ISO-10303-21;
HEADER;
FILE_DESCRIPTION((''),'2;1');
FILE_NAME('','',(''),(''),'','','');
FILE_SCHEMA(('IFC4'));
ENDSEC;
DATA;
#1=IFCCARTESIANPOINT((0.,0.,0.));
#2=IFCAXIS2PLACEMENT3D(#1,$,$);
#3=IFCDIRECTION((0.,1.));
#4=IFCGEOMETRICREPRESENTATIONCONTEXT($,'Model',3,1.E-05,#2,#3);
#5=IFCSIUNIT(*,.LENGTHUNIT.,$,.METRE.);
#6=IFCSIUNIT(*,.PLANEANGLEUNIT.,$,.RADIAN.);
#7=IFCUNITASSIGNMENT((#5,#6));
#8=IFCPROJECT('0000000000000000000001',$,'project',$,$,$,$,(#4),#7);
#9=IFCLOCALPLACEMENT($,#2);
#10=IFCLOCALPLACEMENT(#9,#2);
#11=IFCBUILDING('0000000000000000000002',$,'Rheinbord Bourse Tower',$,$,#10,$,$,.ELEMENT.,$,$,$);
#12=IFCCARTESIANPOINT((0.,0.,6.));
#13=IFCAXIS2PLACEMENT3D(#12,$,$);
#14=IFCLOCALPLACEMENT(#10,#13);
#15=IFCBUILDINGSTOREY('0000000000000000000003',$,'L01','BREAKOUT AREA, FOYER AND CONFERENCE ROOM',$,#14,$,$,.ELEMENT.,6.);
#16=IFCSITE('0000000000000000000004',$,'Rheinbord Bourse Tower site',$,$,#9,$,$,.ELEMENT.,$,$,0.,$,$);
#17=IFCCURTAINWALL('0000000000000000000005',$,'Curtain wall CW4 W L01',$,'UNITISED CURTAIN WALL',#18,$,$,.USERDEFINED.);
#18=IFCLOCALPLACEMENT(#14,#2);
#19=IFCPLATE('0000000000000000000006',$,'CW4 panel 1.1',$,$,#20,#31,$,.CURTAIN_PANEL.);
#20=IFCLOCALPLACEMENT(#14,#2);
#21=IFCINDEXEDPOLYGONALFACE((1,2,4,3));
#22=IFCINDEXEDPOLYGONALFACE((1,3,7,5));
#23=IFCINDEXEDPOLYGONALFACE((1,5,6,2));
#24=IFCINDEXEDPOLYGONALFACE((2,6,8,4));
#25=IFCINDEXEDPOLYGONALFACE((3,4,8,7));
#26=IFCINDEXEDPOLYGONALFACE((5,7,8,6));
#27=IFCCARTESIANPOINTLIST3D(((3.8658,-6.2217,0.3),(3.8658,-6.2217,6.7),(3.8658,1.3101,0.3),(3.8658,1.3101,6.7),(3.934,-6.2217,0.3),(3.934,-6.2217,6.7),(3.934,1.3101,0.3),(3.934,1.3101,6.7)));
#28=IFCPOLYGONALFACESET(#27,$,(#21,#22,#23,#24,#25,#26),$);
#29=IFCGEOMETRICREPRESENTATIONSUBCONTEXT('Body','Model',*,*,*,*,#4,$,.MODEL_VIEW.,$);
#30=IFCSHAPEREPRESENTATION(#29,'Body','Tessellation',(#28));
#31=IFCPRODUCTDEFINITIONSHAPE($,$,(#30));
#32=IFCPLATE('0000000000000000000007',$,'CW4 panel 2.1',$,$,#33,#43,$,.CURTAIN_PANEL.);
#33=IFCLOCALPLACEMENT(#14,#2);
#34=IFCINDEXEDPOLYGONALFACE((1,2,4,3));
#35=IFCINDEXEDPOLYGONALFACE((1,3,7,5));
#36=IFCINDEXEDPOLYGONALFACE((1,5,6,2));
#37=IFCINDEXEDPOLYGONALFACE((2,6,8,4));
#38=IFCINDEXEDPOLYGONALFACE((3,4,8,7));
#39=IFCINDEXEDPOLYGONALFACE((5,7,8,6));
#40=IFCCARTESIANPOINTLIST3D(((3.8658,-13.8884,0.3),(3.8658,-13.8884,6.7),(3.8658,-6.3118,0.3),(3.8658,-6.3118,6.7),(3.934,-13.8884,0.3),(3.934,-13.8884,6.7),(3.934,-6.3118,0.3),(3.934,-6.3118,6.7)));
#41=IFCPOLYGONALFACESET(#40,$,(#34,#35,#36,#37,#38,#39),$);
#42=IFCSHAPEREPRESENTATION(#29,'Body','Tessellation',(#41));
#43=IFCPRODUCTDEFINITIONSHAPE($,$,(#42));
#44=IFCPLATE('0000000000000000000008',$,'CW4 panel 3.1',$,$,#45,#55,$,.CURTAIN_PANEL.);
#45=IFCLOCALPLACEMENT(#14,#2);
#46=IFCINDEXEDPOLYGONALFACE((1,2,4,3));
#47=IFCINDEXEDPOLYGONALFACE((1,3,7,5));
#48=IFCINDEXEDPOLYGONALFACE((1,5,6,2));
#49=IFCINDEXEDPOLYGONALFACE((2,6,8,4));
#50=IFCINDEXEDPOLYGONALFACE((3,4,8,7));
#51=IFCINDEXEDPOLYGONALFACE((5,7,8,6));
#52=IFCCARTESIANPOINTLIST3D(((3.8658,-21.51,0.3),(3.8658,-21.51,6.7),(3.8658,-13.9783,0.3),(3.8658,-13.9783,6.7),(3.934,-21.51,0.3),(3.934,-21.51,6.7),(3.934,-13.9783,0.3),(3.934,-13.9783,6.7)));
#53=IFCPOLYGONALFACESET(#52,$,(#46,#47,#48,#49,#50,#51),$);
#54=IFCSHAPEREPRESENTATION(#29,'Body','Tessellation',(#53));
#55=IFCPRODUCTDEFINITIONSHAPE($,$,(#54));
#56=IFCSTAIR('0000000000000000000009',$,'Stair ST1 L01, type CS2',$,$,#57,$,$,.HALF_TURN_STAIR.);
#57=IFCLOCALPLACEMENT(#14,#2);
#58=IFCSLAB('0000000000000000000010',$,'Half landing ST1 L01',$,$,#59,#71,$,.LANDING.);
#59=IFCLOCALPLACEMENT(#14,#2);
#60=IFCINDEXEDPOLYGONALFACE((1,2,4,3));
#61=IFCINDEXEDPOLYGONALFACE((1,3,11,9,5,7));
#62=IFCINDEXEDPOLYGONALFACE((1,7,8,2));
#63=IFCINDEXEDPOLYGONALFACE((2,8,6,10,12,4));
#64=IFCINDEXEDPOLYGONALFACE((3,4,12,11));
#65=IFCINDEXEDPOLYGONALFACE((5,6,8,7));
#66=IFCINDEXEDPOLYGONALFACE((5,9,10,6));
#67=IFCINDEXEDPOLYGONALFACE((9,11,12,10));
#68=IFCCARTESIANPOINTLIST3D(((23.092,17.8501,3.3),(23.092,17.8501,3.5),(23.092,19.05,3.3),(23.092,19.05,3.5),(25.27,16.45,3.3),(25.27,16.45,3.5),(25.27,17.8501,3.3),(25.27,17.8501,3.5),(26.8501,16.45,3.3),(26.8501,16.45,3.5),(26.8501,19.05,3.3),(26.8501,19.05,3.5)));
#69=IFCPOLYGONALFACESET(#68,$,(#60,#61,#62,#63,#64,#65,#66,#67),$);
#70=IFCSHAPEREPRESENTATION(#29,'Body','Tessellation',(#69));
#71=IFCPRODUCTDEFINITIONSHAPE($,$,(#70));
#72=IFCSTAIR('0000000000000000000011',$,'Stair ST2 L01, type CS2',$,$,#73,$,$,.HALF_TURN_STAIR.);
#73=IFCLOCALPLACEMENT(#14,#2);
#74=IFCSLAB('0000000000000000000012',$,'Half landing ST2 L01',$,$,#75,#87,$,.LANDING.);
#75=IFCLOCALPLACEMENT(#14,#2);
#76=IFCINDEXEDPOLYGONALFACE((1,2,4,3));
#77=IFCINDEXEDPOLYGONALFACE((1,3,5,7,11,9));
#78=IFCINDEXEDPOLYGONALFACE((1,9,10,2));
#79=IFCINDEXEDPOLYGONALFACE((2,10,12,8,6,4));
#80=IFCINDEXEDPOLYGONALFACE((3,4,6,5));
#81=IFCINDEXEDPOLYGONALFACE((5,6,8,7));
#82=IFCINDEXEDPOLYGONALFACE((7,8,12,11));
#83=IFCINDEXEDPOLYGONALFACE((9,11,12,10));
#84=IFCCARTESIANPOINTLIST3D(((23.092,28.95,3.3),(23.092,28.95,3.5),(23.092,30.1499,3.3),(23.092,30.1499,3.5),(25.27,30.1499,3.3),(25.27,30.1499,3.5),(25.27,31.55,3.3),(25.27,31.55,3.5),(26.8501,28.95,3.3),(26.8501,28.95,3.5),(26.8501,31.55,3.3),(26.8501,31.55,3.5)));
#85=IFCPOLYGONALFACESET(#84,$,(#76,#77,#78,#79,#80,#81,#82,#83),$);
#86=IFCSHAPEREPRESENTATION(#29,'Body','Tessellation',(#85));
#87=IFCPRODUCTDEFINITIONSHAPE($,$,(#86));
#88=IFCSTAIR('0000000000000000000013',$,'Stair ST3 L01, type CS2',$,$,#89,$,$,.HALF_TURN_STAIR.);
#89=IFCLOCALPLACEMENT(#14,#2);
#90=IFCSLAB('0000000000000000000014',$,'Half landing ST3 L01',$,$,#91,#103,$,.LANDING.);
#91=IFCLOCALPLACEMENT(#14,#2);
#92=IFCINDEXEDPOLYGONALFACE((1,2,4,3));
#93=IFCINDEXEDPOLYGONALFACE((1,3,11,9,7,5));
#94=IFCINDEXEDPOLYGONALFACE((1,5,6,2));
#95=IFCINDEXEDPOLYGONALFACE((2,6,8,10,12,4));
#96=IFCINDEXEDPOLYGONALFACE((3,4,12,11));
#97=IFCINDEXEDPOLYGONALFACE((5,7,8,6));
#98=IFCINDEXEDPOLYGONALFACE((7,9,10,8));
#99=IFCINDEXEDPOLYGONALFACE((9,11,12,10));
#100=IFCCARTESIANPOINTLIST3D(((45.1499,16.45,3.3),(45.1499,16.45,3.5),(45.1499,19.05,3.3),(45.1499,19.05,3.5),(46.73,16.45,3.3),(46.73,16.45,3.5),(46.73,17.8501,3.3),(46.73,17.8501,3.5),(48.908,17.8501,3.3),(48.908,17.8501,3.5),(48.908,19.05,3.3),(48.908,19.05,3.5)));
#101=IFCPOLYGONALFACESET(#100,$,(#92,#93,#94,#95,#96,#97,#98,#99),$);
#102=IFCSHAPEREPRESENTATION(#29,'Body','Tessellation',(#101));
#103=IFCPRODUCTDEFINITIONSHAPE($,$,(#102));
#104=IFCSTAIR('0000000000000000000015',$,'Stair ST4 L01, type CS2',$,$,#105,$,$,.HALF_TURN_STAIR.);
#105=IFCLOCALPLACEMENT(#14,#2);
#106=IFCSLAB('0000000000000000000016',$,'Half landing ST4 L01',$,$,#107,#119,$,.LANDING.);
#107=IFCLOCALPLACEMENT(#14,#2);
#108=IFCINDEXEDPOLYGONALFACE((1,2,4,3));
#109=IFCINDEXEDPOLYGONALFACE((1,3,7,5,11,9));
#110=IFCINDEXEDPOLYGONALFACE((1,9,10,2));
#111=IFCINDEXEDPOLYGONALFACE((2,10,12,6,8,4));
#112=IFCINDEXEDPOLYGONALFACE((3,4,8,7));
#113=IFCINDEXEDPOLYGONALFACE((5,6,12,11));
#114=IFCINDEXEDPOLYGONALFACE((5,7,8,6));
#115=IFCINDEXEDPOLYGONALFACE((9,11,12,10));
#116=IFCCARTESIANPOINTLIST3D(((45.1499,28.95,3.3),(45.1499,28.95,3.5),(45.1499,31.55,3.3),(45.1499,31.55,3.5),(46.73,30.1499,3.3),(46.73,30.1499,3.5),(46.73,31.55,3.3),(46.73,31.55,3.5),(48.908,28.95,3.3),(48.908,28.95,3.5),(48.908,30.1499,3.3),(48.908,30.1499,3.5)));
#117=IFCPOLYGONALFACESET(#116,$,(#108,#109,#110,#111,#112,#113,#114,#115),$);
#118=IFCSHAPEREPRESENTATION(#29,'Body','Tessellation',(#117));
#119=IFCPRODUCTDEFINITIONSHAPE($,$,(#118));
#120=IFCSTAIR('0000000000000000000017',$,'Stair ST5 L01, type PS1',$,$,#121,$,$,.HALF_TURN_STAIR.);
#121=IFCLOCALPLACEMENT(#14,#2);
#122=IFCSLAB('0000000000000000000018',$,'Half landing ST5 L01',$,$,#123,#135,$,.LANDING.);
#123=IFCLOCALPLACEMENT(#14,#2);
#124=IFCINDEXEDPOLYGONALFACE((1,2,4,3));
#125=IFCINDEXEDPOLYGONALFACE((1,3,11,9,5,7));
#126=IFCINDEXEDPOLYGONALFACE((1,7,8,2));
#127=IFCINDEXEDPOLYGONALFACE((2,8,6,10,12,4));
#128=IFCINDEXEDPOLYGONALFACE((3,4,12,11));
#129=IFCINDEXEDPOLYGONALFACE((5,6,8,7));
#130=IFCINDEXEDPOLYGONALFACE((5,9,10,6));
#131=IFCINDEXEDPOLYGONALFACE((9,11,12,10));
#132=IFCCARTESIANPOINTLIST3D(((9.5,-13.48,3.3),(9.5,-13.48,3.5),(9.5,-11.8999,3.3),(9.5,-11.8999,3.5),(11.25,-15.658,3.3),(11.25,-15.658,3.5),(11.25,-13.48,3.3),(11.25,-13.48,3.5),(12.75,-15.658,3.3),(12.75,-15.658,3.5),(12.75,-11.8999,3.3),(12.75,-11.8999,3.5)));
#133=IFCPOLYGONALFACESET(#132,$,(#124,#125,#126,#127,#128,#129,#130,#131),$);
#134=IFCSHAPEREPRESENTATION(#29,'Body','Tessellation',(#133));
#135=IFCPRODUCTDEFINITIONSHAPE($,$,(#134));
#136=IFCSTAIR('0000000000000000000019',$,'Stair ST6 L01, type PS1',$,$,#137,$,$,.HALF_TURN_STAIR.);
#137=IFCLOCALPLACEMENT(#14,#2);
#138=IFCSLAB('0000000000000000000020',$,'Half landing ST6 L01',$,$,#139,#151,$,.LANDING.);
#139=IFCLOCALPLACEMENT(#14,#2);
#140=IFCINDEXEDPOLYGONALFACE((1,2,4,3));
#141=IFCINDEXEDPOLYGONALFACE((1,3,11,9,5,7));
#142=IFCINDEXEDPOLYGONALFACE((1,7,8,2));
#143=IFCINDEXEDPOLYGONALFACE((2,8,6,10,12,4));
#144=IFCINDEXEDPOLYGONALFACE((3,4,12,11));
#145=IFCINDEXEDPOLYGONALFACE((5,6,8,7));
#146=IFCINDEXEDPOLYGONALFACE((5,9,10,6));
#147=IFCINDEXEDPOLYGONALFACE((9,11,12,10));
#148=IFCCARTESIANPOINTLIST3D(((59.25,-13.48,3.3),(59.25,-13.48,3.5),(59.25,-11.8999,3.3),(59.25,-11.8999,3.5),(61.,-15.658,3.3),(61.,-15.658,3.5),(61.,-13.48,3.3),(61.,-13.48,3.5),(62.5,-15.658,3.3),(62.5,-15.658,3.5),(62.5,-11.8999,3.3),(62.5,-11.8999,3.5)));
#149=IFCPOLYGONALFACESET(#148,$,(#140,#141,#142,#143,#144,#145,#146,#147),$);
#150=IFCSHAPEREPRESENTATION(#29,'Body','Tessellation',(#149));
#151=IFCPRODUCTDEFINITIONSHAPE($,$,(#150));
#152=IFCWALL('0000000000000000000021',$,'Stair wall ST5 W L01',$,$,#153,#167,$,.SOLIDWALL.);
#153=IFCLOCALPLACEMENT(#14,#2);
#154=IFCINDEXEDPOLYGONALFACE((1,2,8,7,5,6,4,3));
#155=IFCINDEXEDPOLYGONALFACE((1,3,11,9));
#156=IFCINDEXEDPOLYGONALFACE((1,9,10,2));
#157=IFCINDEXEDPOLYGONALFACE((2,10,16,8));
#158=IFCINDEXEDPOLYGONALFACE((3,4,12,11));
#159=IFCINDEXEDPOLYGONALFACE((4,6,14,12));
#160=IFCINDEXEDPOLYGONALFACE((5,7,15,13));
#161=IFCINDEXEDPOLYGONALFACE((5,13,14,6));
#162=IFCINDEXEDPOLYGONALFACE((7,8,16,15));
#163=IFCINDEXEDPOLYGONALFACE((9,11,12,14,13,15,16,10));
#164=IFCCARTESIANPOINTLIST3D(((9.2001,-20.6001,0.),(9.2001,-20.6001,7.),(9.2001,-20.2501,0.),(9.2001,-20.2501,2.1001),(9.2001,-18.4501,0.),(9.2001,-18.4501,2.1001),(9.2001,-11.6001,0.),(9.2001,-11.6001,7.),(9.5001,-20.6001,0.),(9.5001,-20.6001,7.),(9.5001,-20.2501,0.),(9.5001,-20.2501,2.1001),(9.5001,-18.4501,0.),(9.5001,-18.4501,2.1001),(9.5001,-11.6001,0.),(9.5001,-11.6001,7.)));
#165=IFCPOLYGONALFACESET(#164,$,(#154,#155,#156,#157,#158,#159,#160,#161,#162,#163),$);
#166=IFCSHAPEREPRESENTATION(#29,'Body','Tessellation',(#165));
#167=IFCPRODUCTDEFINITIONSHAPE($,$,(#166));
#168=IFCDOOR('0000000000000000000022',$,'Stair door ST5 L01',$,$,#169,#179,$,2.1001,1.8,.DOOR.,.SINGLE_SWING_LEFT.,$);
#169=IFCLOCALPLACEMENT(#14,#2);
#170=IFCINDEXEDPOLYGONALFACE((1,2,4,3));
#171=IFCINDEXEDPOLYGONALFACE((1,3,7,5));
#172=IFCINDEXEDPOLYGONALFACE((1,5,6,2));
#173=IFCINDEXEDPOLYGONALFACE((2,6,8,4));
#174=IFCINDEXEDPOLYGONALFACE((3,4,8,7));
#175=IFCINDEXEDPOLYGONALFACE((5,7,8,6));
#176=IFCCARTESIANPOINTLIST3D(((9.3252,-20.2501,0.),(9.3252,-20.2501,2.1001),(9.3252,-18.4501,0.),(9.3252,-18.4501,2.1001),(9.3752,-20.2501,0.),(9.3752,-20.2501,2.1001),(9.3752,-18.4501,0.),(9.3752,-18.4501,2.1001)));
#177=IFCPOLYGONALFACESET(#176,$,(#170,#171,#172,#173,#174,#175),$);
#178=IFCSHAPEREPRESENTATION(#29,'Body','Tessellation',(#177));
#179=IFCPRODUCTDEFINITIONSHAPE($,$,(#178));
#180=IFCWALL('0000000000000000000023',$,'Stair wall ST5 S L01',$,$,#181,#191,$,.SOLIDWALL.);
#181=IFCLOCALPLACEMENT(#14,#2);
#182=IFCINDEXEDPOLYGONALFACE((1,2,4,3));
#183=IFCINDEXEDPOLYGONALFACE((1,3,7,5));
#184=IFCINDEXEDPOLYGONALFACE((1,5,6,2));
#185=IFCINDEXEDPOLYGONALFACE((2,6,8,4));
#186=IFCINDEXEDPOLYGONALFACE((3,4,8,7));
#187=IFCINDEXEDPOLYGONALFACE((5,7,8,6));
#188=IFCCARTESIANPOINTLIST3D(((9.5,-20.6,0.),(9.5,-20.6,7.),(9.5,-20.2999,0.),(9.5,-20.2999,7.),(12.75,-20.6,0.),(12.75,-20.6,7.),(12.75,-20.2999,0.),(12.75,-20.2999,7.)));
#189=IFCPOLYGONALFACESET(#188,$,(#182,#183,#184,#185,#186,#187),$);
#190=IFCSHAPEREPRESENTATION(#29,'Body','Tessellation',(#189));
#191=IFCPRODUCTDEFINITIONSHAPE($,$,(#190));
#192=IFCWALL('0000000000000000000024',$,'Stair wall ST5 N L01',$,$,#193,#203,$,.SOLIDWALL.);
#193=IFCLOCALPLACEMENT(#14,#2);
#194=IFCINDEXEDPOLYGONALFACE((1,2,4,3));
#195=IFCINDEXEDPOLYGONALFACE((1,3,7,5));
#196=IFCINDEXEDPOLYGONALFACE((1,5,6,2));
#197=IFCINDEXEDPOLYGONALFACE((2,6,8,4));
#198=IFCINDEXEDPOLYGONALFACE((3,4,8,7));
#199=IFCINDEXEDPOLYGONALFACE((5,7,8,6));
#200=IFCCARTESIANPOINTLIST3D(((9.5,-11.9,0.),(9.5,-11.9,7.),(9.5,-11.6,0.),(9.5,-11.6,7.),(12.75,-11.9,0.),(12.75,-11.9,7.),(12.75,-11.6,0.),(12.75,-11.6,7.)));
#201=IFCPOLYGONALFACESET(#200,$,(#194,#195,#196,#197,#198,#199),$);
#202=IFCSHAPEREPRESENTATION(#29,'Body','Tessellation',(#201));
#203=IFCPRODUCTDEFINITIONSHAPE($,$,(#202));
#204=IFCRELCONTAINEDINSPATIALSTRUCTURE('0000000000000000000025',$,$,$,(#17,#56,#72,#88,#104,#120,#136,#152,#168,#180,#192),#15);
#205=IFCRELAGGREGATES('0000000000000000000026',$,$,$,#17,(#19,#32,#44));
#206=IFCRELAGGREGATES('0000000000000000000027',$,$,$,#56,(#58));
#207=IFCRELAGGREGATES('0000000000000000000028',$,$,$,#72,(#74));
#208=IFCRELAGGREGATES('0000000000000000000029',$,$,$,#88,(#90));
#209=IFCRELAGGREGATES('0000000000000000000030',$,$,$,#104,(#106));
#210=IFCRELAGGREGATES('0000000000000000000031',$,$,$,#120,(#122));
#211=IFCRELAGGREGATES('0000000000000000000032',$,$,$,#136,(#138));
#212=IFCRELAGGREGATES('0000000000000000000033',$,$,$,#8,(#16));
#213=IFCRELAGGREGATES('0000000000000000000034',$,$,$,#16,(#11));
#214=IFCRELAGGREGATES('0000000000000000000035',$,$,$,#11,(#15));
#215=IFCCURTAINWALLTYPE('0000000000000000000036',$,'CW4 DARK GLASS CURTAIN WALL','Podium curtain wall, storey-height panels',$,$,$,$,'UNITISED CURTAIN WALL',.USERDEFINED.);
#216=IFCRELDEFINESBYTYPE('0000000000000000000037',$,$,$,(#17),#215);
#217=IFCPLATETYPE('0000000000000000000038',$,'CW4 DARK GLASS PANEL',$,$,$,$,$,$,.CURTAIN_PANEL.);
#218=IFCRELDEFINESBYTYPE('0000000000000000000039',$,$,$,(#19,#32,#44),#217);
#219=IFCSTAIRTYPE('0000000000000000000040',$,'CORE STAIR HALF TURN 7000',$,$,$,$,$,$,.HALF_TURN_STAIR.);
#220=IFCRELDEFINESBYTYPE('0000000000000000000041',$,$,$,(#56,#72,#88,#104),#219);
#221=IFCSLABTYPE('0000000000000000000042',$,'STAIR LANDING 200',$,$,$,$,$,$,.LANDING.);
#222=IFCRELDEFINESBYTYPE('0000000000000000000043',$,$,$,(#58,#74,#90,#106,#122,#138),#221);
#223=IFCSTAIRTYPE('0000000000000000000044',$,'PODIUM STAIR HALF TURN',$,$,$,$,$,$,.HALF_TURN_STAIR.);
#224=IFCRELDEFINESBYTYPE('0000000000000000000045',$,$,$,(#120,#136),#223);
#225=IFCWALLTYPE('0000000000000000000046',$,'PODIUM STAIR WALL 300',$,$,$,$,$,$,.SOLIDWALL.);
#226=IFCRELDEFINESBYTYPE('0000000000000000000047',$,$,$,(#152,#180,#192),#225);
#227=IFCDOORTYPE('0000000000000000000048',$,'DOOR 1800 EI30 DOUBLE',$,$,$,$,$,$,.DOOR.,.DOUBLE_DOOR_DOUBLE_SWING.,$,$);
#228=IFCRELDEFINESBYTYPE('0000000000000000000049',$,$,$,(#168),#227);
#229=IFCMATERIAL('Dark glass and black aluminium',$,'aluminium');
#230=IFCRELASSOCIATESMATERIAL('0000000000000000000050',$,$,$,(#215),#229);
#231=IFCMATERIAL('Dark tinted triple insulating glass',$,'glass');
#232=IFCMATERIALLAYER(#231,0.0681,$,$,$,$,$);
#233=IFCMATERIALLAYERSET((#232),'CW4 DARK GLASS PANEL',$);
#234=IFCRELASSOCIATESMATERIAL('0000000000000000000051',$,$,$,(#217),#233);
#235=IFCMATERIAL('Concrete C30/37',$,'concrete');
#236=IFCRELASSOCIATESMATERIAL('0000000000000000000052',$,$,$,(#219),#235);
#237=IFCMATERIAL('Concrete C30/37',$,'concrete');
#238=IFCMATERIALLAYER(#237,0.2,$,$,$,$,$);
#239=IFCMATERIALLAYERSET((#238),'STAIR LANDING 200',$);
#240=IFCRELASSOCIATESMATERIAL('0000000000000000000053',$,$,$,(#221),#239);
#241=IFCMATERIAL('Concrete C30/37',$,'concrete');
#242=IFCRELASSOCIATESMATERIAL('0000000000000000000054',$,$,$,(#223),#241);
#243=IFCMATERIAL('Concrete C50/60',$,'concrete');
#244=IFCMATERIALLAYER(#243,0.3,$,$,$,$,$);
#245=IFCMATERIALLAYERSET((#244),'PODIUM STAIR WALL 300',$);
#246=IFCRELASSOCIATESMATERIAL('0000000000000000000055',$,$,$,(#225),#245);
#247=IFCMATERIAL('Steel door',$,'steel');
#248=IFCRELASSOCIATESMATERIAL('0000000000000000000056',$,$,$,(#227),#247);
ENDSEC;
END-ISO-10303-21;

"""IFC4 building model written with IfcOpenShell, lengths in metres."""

from ifc_helpers import new_model, si_unit, direction, frame, frame_2d, origin, origin_2d, place, context, subcontext, project, spatial, polyline, rectangle, outline, extrude, material, layer, layer_set, type_object, element, fill, aggregate, save


model = new_model("IFC4")

# Units and contexts
model_context = context("Model", 3, precision=1e-05, world=origin(), true_north=direction((0.0, 1.0)))
body_context = subcontext(model_context, "Body", "Model", "MODEL_VIEW")
ifc_project = project(units=[si_unit("LENGTHUNIT", "METRE"), si_unit("PLANEANGLEUNIT", "RADIAN")], contexts=[model_context])

# Site, building, storey
site_placement = place(None, origin())
site = spatial("IfcSite", under=ifc_project, at=site_placement, Name="Rheinbord Bourse Tower site", CompositionType="ELEMENT", RefElevation=0.0)
building_placement = place(site_placement, origin())
building = spatial("IfcBuilding", under=site, at=building_placement, Name="Rheinbord Bourse Tower", CompositionType="ELEMENT")
storey_placement = place(building_placement, frame((0.0, 0.0, 6.0)))
storey = spatial("IfcBuildingStorey", under=building, at=storey_placement, Name="L01", Description="BREAKOUT AREA, FOYER AND CONFERENCE ROOM", CompositionType="ELEMENT", Elevation=6.0)

# Shared definitions
ifc_material_1 = material(Name="Dark glass and black aluminium", Category="aluminium")
curtain_wall_type = type_object("IfcCurtainWallType", Name="CW4 DARK GLASS CURTAIN WALL", Description="Podium curtain wall, storey-height panels", ElementType="UNITISED CURTAIN WALL", PredefinedType="USERDEFINED", material=ifc_material_1)

# Curtain wall
curtain_wall_1_placement = place(storey_placement, origin())
curtain_wall_1 = element("IfcCurtainWall", 1, at=curtain_wall_1_placement, inside=storey, type_object=curtain_wall_type, Name="Curtain wall CW4 W L01", ObjectType="UNITISED CURTAIN WALL", PredefinedType="USERDEFINED")

# Plates
ifc_material_2 = material(Name="Dark tinted triple insulating glass", Category="glass")
ifc_layer_1 = layer(ifc_material_2, 0.0681)
ifc_layer_set_1 = layer_set([ifc_layer_1], Name="CW4 DARK GLASS PANEL")
plate_type = type_object("IfcPlateType", Name="CW4 DARK GLASS PANEL", PredefinedType="CURTAIN_PANEL", material=ifc_layer_set_1)
plate_1_placement = place(storey_placement, frame((3.8999, -2.4558, 0.3), z_axis=(0.0, 0.0, 1.0), x_axis=(0.0, -1.0, 0.0)))
plate_1 = element("IfcPlate", 2, at=plate_1_placement, type_object=plate_type, Name="CW4 panel 1.1", PredefinedType="CURTAIN_PANEL", context=body_context, shape_type="SweptSolid", body=[
    extrude(rectangle(XDim=7.5317, YDim=0.0681, at=origin_2d()), origin(), (0.0, 0.0, 1.0), 6.3999),
])
plate_2_placement = place(storey_placement, frame((3.8999, -10.1001, 0.3), z_axis=(0.0, 0.0, 1.0), x_axis=(0.0, -1.0, 0.0)))
plate_2 = element("IfcPlate", 3, at=plate_2_placement, type_object=plate_type, Name="CW4 panel 2.1", PredefinedType="CURTAIN_PANEL", context=body_context, shape_type="SweptSolid", body=[
    extrude(rectangle(XDim=7.5767, YDim=0.0681, at=origin_2d()), origin(), (0.0, 0.0, 1.0), 6.3999),
])
plate_3_placement = place(storey_placement, frame((3.8999, -17.7441, 0.3), z_axis=(0.0, 0.0, 1.0), x_axis=(0.0, -1.0, 0.0)))
plate_3 = element("IfcPlate", 4, at=plate_3_placement, type_object=plate_type, Name="CW4 panel 3.1", PredefinedType="CURTAIN_PANEL", context=body_context, shape_type="SweptSolid", body=[
    extrude(rectangle(XDim=7.5317, YDim=0.0681, at=origin_2d()), origin(), (0.0, 0.0, 1.0), 6.3999),
])
aggregate(curtain_wall_1, [plate_1, plate_2, plate_3])

# Stairs, slabs
ifc_material_3 = material(Name="Concrete C30/37", Category="concrete")
stair_type_1 = type_object("IfcStairType", Name="CORE STAIR HALF TURN 7000", PredefinedType="HALF_TURN_STAIR", material=ifc_material_3)
stair_1_placement = place(storey_placement, origin())
stair_1 = element("IfcStair", 5, at=stair_1_placement, inside=storey, type_object=stair_type_1, Name="Stair ST1 L01, type CS2", PredefinedType="HALF_TURN_STAIR")
ifc_material_4 = material(Name="Concrete C30/37", Category="concrete")
ifc_layer_2 = layer(ifc_material_4, 0.2)
ifc_layer_set_2 = layer_set([ifc_layer_2], Name="STAIR LANDING 200")
slab_type_1 = type_object("IfcSlabType", Name="STAIR LANDING 200", PredefinedType="LANDING", material=ifc_layer_set_2)
slab_1_placement = place(storey_placement, frame((0.0, 0.0, 3.3)))
slab_1 = element("IfcSlab", 6, at=slab_1_placement, type_object=slab_type_1, Name="Half landing ST1 L01", PredefinedType="LANDING", context=body_context, shape_type="SweptSolid", body=[
    extrude(outline(polyline([(25.27, 16.45), (26.8501, 16.45), (26.8501, 19.05), (23.092, 19.05), (23.092, 17.8501), (25.27, 17.8501), (25.27, 16.45)])), origin(), (0.0, 0.0, 1.0), 0.2),
])
aggregate(stair_1, [slab_1])
stair_2_placement = place(storey_placement, origin())
stair_2 = element("IfcStair", 7, at=stair_2_placement, inside=storey, type_object=stair_type_1, Name="Stair ST2 L01, type CS2", PredefinedType="HALF_TURN_STAIR")
slab_2_placement = place(storey_placement, frame((0.0, 0.0, 3.3)))
slab_2 = element("IfcSlab", 8, at=slab_2_placement, type_object=slab_type_1, Name="Half landing ST2 L01", PredefinedType="LANDING", context=body_context, shape_type="SweptSolid", body=[
    extrude(outline(polyline([(23.092, 28.95), (26.8501, 28.95), (26.8501, 31.55), (25.27, 31.55), (25.27, 30.1499), (23.092, 30.1499), (23.092, 28.95)])), origin(), (0.0, 0.0, 1.0), 0.2),
])
aggregate(stair_2, [slab_2])
stair_3_placement = place(storey_placement, origin())
stair_3 = element("IfcStair", 9, at=stair_3_placement, inside=storey, type_object=stair_type_1, Name="Stair ST3 L01, type CS2", PredefinedType="HALF_TURN_STAIR")
slab_3_placement = place(storey_placement, frame((0.0, 0.0, 3.3)))
slab_3 = element("IfcSlab", 10, at=slab_3_placement, type_object=slab_type_1, Name="Half landing ST3 L01", PredefinedType="LANDING", context=body_context, shape_type="SweptSolid", body=[
    extrude(outline(polyline([(45.1499, 16.45), (46.73, 16.45), (46.73, 17.8501), (48.908, 17.8501), (48.908, 19.05), (45.1499, 19.05), (45.1499, 16.45)])), origin(), (0.0, 0.0, 1.0), 0.2),
])
aggregate(stair_3, [slab_3])
stair_4_placement = place(storey_placement, origin())
stair_4 = element("IfcStair", 11, at=stair_4_placement, inside=storey, type_object=stair_type_1, Name="Stair ST4 L01, type CS2", PredefinedType="HALF_TURN_STAIR")
slab_4_placement = place(storey_placement, frame((0.0, 0.0, 3.3)))
slab_4 = element("IfcSlab", 12, at=slab_4_placement, type_object=slab_type_1, Name="Half landing ST4 L01", PredefinedType="LANDING", context=body_context, shape_type="SweptSolid", body=[
    extrude(outline(polyline([(45.1499, 28.95), (48.908, 28.95), (48.908, 30.1499), (46.73, 30.1499), (46.73, 31.55), (45.1499, 31.55), (45.1499, 28.95)])), origin(), (0.0, 0.0, 1.0), 0.2),
])
aggregate(stair_4, [slab_4])
ifc_material_5 = material(Name="Concrete C30/37", Category="concrete")
stair_type_2 = type_object("IfcStairType", Name="PODIUM STAIR HALF TURN", PredefinedType="HALF_TURN_STAIR", material=ifc_material_5)
stair_5_placement = place(storey_placement, origin())
stair_5 = element("IfcStair", 13, at=stair_5_placement, inside=storey, type_object=stair_type_2, Name="Stair ST5 L01, type PS1", PredefinedType="HALF_TURN_STAIR")
slab_5_placement = place(storey_placement, frame((0.0, 0.0, 3.3)))
slab_5 = element("IfcSlab", 14, at=slab_5_placement, type_object=slab_type_1, Name="Half landing ST5 L01", PredefinedType="LANDING", context=body_context, shape_type="SweptSolid", body=[
    extrude(outline(polyline([(9.5, -13.48), (11.25, -13.48), (11.25, -15.658), (12.75, -15.658), (12.75, -11.8999), (9.5, -11.8999), (9.5, -13.48)])), origin(), (0.0, 0.0, 1.0), 0.2),
])
aggregate(stair_5, [slab_5])
stair_6_placement = place(storey_placement, origin())
stair_6 = element("IfcStair", 15, at=stair_6_placement, inside=storey, type_object=stair_type_2, Name="Stair ST6 L01, type PS1", PredefinedType="HALF_TURN_STAIR")
slab_6_placement = place(storey_placement, frame((0.0, 0.0, 3.3)))
slab_6 = element("IfcSlab", 16, at=slab_6_placement, type_object=slab_type_1, Name="Half landing ST6 L01", PredefinedType="LANDING", context=body_context, shape_type="SweptSolid", body=[
    extrude(outline(polyline([(59.25, -13.48), (61.0, -13.48), (61.0, -15.658), (62.5, -15.658), (62.5, -11.8999), (59.25, -11.8999), (59.25, -13.48)])), origin(), (0.0, 0.0, 1.0), 0.2),
])
aggregate(stair_6, [slab_6])

# Wall, opening, door
ifc_material_6 = material(Name="Concrete C50/60", Category="concrete")
ifc_layer_3 = layer(ifc_material_6, 0.3)
ifc_layer_set_3 = layer_set([ifc_layer_3], Name="PODIUM STAIR WALL 300")
wall_type = type_object("IfcWallType", Name="PODIUM STAIR WALL 300", PredefinedType="SOLIDWALL", material=ifc_layer_set_3)
wall_placement = place(storey_placement, frame((9.3501, -20.6001, 0.0), z_axis=(0.0, 0.0, 1.0), x_axis=(0.0, 1.0, 0.0)))
wall = element("IfcWall", 17, at=wall_placement, inside=storey, type_object=wall_type, Name="Stair wall ST5 W L01", PredefinedType="SOLIDWALL", context=body_context, shape_type="SweptSolid", body=[
    extrude(rectangle(XDim=9.0, YDim=0.3, at=frame_2d((4.5, 0.0))), origin(), (0.0, 0.0, 1.0), 7.0),
])
opening_placement = place(wall_placement, frame((0.3501, 0.0, 0.0)))
opening = element("IfcOpeningElement", 18, at=opening_placement, cuts=wall, PredefinedType="OPENING", context=body_context, shape_type="SweptSolid", body=[
    extrude(rectangle(XDim=1.8, YDim=2.1001, at=frame_2d((0.8999, 1.05))), frame((0.0, 0.1599, 0.0), z_axis=(0.0, -1.0, 0.0), x_axis=(1.0, 0.0, 0.0)), (0.0, 0.0, 1.0), 0.3201),
])
ifc_material_7 = material(Name="Steel door", Category="steel")
door_type = type_object("IfcDoorType", Name="DOOR 1800 EI30 DOUBLE", OperationType="DOUBLE_DOOR_DOUBLE_SWING", PredefinedType="DOOR", material=ifc_material_7)
door_placement = place(opening_placement, origin())
door = element("IfcDoor", 19, at=door_placement, inside=storey, type_object=door_type, Name="Stair door ST5 L01", OperationType="SINGLE_SWING_LEFT", OverallHeight=2.1001, OverallWidth=1.8, PredefinedType="DOOR", context=body_context, shape_type="SweptSolid", body=[
    extrude(rectangle(XDim=1.8, YDim=2.1001, at=frame_2d((0.8999, 1.05))), frame((0.0, 0.0249, 0.0), z_axis=(0.0, -1.0, 0.0), x_axis=(1.0, 0.0, 0.0)), (0.0, 0.0, 1.0), 0.05),
])
fill(opening, door)

# Walls
for number, where, z_axis, x_axis, name in (
    (20, (9.5, -20.45, 0.0), (0.0, 0.0, 1.0), (1.0, 0.0, 0.0), "Stair wall ST5 S L01"),
    (21, (9.5, -11.75, 0.0), (0.0, 0.0, 1.0), (1.0, 0.0, 0.0), "Stair wall ST5 N L01"),
):
    element("IfcWall", number, at=place(storey_placement, frame(where, z_axis=z_axis, x_axis=x_axis)), inside=storey, type_object=wall_type, Name=name, PredefinedType="SOLIDWALL", context=body_context, shape_type="SweptSolid", body=[
        extrude(rectangle(XDim=3.25, YDim=0.3, at=frame_2d((1.625, 0.0))), origin(), (0.0, 0.0, 1.0), 7.0),
    ])

save(model, "model.ifc")
